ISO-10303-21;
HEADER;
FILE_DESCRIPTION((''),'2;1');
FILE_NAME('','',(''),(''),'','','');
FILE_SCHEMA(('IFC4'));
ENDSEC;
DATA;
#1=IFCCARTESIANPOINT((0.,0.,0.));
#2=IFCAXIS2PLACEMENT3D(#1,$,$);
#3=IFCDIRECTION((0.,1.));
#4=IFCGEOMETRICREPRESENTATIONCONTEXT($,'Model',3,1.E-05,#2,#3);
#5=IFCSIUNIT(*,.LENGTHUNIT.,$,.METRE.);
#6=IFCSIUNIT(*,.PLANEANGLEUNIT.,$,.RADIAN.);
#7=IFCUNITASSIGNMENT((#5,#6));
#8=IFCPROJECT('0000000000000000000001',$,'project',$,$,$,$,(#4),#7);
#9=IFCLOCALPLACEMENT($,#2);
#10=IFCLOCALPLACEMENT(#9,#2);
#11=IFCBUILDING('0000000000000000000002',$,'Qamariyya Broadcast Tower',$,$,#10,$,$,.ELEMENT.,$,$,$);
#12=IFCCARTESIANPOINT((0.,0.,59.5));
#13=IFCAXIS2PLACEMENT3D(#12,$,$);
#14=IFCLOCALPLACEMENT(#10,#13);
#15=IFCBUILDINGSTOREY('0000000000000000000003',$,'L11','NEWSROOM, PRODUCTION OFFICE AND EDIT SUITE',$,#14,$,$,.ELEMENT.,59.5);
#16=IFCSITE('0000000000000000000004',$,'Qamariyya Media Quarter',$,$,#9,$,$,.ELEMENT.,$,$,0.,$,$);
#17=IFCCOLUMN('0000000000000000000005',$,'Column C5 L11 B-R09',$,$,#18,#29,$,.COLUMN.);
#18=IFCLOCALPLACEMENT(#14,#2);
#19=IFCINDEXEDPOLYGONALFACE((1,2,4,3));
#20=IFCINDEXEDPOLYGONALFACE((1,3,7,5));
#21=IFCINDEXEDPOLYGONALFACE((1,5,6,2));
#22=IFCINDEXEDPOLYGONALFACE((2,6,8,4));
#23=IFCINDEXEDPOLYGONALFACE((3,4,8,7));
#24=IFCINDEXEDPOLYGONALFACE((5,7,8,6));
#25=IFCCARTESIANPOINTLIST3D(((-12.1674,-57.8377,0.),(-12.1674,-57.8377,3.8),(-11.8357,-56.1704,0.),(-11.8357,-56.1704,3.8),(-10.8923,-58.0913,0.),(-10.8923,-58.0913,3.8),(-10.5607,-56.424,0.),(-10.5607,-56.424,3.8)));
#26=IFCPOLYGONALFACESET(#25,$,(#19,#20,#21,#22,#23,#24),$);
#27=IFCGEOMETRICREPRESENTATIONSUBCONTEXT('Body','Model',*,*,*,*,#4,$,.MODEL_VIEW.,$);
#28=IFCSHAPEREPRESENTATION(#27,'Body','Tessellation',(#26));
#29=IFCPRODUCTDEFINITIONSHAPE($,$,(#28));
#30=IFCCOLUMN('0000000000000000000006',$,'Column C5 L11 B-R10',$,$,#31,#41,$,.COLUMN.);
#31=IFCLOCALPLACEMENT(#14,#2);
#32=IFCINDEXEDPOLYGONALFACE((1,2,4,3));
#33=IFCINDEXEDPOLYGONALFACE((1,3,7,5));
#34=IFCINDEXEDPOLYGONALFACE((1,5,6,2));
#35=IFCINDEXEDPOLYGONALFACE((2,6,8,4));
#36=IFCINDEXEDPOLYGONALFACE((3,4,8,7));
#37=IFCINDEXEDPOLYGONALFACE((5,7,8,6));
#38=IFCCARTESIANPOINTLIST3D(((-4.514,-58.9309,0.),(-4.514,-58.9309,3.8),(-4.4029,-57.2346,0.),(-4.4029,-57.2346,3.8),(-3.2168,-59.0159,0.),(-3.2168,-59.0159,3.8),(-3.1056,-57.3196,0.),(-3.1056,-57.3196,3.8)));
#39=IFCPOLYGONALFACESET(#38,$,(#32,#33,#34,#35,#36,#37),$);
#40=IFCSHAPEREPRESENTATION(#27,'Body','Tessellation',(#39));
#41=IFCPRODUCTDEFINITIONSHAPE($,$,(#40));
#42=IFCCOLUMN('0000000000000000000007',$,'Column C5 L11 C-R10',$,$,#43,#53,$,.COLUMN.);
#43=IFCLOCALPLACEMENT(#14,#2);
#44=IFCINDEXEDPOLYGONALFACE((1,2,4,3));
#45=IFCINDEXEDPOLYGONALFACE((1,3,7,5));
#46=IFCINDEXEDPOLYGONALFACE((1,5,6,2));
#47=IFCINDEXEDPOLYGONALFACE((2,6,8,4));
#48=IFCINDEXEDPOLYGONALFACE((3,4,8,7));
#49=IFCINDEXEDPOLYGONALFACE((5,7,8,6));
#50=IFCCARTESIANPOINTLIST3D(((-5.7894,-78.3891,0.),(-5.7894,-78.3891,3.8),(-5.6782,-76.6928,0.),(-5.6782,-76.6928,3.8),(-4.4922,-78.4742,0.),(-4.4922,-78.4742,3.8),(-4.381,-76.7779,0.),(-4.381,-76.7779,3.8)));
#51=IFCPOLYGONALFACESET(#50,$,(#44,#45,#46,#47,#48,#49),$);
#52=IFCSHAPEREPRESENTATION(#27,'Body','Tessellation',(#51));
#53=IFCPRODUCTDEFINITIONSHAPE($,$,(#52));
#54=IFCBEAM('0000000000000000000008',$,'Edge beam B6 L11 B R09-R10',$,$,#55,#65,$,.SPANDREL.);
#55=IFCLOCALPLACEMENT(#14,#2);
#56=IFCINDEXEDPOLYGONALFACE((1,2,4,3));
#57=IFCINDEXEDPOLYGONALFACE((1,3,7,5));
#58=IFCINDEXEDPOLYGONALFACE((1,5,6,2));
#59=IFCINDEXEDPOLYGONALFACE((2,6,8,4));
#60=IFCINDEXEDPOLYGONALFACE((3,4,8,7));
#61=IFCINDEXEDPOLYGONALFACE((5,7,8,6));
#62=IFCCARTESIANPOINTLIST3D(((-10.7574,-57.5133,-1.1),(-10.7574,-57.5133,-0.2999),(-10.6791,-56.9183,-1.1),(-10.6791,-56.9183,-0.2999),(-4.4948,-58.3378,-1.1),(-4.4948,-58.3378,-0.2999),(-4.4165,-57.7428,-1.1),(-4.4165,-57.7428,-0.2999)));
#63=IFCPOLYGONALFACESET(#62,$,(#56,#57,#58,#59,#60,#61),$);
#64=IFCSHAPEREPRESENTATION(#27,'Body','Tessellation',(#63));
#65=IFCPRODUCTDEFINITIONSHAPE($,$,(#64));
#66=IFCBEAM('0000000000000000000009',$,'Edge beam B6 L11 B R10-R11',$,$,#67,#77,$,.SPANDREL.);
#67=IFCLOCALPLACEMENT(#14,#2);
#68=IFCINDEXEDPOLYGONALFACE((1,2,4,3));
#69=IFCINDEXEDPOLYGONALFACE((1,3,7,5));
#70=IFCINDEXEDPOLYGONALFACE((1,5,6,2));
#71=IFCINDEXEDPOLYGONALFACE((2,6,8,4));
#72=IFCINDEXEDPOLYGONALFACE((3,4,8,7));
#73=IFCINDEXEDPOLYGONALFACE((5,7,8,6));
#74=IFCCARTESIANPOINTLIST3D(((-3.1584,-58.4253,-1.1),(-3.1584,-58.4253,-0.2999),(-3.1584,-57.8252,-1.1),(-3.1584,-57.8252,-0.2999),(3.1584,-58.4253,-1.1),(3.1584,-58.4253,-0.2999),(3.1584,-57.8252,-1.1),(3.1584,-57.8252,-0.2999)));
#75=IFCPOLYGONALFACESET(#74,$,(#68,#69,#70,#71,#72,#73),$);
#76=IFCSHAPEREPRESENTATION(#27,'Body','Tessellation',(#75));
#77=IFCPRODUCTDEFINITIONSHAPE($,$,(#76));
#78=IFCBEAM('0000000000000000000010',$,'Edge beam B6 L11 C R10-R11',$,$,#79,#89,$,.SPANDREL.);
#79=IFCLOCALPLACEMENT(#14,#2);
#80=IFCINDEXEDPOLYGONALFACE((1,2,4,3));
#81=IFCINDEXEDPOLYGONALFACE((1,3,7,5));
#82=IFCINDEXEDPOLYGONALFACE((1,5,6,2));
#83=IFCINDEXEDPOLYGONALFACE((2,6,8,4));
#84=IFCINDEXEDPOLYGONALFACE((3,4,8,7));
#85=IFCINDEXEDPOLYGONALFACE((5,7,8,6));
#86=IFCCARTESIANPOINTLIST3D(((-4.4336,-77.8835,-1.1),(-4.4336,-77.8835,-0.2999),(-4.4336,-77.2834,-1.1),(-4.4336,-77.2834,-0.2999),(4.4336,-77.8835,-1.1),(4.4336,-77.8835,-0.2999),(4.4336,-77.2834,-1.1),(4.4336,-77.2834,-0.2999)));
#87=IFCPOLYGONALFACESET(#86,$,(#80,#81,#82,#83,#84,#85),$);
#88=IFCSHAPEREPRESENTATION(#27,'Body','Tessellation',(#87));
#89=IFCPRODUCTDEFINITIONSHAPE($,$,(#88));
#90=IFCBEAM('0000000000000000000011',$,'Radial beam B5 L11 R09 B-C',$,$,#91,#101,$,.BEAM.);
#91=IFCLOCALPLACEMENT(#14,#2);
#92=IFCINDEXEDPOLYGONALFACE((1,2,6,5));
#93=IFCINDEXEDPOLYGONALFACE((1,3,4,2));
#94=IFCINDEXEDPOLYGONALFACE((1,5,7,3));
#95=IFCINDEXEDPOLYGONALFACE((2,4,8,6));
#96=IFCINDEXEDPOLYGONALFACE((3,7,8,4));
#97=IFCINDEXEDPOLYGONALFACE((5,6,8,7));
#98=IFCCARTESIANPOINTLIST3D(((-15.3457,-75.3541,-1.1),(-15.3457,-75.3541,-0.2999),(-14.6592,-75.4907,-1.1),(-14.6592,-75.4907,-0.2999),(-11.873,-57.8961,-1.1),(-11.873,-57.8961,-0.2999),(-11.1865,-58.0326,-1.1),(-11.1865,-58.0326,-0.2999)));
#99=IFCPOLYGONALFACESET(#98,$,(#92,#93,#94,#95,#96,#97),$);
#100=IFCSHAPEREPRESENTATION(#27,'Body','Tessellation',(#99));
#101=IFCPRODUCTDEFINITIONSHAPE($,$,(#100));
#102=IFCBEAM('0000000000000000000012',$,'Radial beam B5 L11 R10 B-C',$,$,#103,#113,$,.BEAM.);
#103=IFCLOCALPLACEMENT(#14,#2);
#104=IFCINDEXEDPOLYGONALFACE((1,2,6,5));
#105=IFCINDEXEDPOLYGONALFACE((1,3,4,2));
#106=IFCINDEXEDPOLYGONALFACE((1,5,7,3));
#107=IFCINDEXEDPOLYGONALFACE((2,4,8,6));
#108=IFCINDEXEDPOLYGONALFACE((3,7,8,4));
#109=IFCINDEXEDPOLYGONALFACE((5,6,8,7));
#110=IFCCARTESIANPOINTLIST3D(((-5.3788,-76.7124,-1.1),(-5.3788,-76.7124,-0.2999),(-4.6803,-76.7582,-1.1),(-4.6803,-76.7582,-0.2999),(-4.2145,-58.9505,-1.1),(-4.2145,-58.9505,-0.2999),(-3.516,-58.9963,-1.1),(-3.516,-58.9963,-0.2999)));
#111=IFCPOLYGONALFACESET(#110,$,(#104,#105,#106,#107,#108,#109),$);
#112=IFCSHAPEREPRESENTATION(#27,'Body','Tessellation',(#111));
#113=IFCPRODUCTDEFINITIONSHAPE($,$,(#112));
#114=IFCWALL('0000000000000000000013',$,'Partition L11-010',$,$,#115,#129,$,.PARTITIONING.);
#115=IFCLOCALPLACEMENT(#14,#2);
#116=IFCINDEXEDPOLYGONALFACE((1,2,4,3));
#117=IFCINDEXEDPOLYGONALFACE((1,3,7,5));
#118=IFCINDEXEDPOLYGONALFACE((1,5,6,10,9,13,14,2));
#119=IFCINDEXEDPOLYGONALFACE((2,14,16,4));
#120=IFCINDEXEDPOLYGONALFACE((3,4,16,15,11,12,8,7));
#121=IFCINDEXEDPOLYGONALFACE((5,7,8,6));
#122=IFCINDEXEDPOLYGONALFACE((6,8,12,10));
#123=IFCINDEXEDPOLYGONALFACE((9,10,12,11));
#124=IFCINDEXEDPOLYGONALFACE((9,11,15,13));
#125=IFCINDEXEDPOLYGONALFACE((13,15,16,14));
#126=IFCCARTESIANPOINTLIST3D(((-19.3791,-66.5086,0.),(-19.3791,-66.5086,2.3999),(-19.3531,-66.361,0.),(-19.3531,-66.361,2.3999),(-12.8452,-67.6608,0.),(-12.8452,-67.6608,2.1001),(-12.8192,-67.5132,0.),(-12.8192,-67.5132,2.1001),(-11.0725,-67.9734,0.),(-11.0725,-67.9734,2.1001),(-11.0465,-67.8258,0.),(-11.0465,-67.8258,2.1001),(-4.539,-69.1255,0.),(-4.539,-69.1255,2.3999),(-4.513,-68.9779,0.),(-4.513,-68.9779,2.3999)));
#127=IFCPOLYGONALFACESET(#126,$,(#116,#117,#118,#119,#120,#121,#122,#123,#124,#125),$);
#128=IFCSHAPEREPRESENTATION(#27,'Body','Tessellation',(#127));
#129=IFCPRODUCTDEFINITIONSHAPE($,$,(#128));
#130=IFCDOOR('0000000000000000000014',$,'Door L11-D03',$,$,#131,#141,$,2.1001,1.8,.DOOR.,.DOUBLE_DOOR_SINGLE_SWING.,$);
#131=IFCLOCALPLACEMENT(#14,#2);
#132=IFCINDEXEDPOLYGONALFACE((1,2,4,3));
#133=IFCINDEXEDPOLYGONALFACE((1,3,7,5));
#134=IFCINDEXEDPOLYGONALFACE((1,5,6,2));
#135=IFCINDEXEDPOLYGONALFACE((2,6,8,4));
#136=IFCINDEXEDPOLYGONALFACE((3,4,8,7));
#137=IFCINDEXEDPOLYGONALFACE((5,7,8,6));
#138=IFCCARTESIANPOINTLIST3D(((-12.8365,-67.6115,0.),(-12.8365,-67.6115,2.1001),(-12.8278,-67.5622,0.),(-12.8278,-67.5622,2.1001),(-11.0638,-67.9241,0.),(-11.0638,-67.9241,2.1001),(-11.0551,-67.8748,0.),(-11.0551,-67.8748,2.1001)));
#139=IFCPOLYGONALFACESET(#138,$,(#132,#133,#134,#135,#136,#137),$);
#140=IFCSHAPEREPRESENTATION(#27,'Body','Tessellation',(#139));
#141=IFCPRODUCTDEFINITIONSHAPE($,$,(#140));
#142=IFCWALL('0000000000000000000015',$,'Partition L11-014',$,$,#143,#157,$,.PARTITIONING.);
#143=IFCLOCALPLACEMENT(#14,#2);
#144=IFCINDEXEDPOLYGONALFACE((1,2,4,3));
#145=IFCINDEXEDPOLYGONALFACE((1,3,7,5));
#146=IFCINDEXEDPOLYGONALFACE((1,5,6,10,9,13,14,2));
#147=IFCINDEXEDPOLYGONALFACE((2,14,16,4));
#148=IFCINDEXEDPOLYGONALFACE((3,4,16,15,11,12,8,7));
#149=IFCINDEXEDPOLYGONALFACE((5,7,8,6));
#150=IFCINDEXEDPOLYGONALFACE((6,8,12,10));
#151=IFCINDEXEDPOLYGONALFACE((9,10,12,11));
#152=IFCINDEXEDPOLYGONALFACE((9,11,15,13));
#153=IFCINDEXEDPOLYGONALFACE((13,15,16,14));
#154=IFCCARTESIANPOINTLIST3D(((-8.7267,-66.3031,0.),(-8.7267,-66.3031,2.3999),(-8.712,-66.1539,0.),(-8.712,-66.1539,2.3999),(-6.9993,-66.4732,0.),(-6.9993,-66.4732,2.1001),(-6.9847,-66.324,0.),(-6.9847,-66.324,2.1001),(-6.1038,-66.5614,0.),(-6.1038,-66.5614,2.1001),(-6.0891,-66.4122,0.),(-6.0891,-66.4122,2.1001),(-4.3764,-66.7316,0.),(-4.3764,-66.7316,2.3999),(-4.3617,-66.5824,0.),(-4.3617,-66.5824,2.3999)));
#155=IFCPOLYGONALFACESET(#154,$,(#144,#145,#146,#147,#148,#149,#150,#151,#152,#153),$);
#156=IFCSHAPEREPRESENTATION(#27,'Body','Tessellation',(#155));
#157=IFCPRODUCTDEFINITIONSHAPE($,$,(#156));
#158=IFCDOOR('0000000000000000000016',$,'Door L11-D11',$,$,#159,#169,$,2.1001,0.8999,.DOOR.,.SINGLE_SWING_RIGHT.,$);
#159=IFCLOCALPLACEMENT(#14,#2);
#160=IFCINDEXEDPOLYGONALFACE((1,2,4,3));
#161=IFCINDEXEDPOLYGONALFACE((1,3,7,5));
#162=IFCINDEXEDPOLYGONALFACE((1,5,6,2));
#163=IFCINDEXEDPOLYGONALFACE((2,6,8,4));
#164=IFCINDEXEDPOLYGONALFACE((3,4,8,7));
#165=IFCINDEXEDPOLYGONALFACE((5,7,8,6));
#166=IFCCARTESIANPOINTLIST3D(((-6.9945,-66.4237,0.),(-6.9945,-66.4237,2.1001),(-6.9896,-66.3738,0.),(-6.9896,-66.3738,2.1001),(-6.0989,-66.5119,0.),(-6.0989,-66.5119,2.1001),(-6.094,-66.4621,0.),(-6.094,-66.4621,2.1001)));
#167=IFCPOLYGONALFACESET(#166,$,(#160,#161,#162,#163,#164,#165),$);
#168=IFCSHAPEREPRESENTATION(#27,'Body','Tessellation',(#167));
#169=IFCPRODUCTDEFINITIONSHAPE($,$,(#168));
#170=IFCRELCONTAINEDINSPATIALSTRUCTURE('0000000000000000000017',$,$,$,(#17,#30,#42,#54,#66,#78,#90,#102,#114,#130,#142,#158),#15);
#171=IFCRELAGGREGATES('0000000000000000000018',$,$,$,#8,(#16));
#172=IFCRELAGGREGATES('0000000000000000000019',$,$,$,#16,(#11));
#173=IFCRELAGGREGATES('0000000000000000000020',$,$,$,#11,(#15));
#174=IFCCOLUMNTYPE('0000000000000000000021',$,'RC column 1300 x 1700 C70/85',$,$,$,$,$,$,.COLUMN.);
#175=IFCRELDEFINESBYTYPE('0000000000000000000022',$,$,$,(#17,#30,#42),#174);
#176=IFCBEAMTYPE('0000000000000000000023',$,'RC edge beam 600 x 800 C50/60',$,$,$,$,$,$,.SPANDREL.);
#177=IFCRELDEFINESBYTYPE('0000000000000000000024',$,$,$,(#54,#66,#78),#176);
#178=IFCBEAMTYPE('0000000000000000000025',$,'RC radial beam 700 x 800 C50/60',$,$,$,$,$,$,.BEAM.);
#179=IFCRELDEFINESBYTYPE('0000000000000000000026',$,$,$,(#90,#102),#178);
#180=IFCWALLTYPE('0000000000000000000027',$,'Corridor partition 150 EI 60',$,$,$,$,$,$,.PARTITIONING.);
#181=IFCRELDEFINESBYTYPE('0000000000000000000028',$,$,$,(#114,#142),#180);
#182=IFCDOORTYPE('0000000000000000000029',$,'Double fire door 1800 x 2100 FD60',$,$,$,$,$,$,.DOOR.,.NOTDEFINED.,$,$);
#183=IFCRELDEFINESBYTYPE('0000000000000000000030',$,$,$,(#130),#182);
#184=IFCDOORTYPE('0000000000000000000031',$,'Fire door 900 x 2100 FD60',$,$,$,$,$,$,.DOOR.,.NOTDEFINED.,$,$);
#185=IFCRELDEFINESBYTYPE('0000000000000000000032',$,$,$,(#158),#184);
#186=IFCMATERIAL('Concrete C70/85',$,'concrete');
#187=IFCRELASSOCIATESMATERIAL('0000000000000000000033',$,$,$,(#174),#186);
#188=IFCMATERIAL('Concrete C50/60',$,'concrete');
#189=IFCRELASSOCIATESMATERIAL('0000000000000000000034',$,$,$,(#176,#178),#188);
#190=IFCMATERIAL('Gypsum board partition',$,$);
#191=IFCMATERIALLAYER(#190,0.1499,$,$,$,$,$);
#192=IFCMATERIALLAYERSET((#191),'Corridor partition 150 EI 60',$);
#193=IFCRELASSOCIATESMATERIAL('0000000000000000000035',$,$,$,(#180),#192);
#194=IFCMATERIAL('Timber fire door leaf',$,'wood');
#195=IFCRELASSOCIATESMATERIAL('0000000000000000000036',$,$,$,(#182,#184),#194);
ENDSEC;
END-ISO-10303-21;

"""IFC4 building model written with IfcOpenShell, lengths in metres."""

from ifc_helpers import new_model, si_unit, direction, frame, frame_2d, origin, origin_2d, place, context, subcontext, project, spatial, rectangle, extrude, material, layer, layer_set, material_profile, profile_set, type_object, element, fill, save


model = new_model("IFC4")

# Units and contexts
model_context = context("Model", 3, precision=1e-05, world=origin(), true_north=direction((0.0, 1.0)))
body_context = subcontext(model_context, "Body", "Model", "MODEL_VIEW")
ifc_project = project(units=[si_unit("LENGTHUNIT", "METRE"), si_unit("PLANEANGLEUNIT", "RADIAN")], contexts=[model_context])

# Site, building, storey
site_placement = place(None, origin())
site = spatial("IfcSite", under=ifc_project, at=site_placement, Name="Qamariyya Media Quarter", CompositionType="ELEMENT", RefElevation=0.0)
building_placement = place(site_placement, origin())
building = spatial("IfcBuilding", under=site, at=building_placement, Name="Qamariyya Broadcast Tower", CompositionType="ELEMENT")
storey_placement = place(building_placement, frame((0.0, 0.0, 59.5)))
storey = spatial("IfcBuildingStorey", under=building, at=storey_placement, Name="L11", Description="NEWSROOM, PRODUCTION OFFICE AND EDIT SUITE", CompositionType="ELEMENT", Elevation=59.5)

# Columns
ifc_material_1 = material(Name="Concrete C70/85", Category="concrete")
ifc_material_profile_1 = material_profile(ifc_material_1, rectangle(XDim=1.3, YDim=1.7, at=origin_2d()))
ifc_profile_set_1 = profile_set([ifc_material_profile_1], Name="Concrete C70/85")
column_type = type_object("IfcColumnType", Name="RC column 1300 x 1700 C70/85", PredefinedType="COLUMN", material=ifc_profile_set_1)
for number, where, z_axis, x_axis, name in (
    (1, (-11.364, -57.1309, 0.0), (0.0, 0.0, 1.0), (0.980785, -0.19509, 0.0), "Column C5 L11 B-R09"),
    (2, (-3.8098, -58.1252, 0.0), (0.0, 0.0, 1.0), (0.997859, -0.065403, 0.0), "Column C5 L11 B-R10"),
    (3, (-5.0852, -77.5835, 0.0), (0.0, 0.0, 1.0), (0.997859, -0.065403, 0.0), "Column C5 L11 C-R10"),
):
    element("IfcColumn", number, at=place(storey_placement, frame(where, z_axis=z_axis, x_axis=x_axis)), inside=storey, type_object=column_type, Name=name, PredefinedType="COLUMN", context=body_context, shape_type="SweptSolid", body=[
        extrude(rectangle(XDim=1.3, YDim=1.7, at=origin_2d()), origin(), (0.0, 0.0, 1.0), 3.8),
    ])

# Beams
ifc_material_2 = material(Name="Concrete C50/60", Category="concrete")
ifc_material_profile_2 = material_profile(ifc_material_2, rectangle(XDim=0.6001, YDim=0.8, at=origin_2d()))
ifc_profile_set_2 = profile_set([ifc_material_profile_2], Name="Concrete C50/60")
beam_type_1 = type_object("IfcBeamType", Name="RC edge beam 600 x 800 C50/60", PredefinedType="SPANDREL", material=ifc_profile_set_2)
beam_1_placement = place(storey_placement, frame((-10.7183, -57.2158, -0.7), z_axis=(0.991446, -0.13052, 0.0), x_axis=(0.13052, 0.991446, 0.0)))
element("IfcBeam", 4, at=beam_1_placement, inside=storey, type_object=beam_type_1, Name="Edge beam B6 L11 B R09-R10", PredefinedType="SPANDREL", context=body_context, shape_type="SweptSolid", body=[
    extrude(rectangle(XDim=0.6001, YDim=0.8, at=origin_2d()), origin(), (0.0, 0.0, 1.0), 6.3167),
])
beam_2_placement = place(storey_placement, frame((-3.1584, -58.1252, -0.7), z_axis=(1.0, 0.0, 0.0), x_axis=(0.0, 1.0, 0.0)))
element("IfcBeam", 5, at=beam_2_placement, inside=storey, type_object=beam_type_1, Name="Edge beam B6 L11 B R10-R11", PredefinedType="SPANDREL", context=body_context, shape_type="SweptSolid", body=[
    extrude(rectangle(XDim=0.6001, YDim=0.8, at=origin_2d()), origin(), (0.0, 0.0, 1.0), 6.3169),
])
beam_3_placement = place(storey_placement, frame((-4.4336, -77.5835, -0.7), z_axis=(1.0, 0.0, 0.0), x_axis=(0.0, 1.0, 0.0)))
element("IfcBeam", 6, at=beam_3_placement, inside=storey, type_object=beam_type_1, Name="Edge beam B6 L11 C R10-R11", PredefinedType="SPANDREL", context=body_context, shape_type="SweptSolid", body=[
    extrude(rectangle(XDim=0.6001, YDim=0.8, at=origin_2d()), origin(), (0.0, 0.0, 1.0), 8.8672),
])
ifc_material_profile_3 = material_profile(ifc_material_2, rectangle(XDim=0.7, YDim=0.8, at=origin_2d()))
ifc_profile_set_3 = profile_set([ifc_material_profile_3], Name="Concrete C50/60")
beam_type_2 = type_object("IfcBeamType", Name="RC radial beam 700 x 800 C50/60", PredefinedType="BEAM", material=ifc_profile_set_3)
for number, where, z_axis, x_axis, name in (
    (7, (-11.5298, -57.9644, -0.7), (-0.195093, -0.980785, 0.0), (0.980785, -0.195093, 0.0), "Radial beam B5 L11 R09 B-C"),
    (8, (-3.8652, -58.9734, -0.7), (-0.06541, -0.997858, 0.0), (0.997858, -0.06541, 0.0), "Radial beam B5 L11 R10 B-C"),
):
    element("IfcBeam", number, at=place(storey_placement, frame(where, z_axis=z_axis, x_axis=x_axis)), inside=storey, type_object=beam_type_2, Name=name, PredefinedType="BEAM", context=body_context, shape_type="SweptSolid", body=[
        extrude(rectangle(XDim=0.7, YDim=0.8, at=origin_2d()), origin(), (0.0, 0.0, 1.0), 17.8),
    ])

# Walls, openings, doors
ifc_material_3 = material(Name="Gypsum board partition")
ifc_layer_1 = layer(ifc_material_3, 0.1499)
ifc_layer_set_1 = layer_set([ifc_layer_1], Name="Corridor partition 150 EI 60")
wall_type_1 = type_object("IfcWallType", Name="Corridor partition 150 EI 60", PredefinedType="PARTITIONING", material=ifc_layer_set_1)
wall_1_placement = place(storey_placement, frame((-4.5259, -69.0518, 0.0), z_axis=(0.0, 0.0, 1.0), x_axis=(-0.984805, 0.173663, 0.0)))
wall_1 = element("IfcWall", 9, at=wall_1_placement, inside=storey, type_object=wall_type_1, Name="Partition L11-010", PredefinedType="PARTITIONING", context=body_context, shape_type="SweptSolid", body=[
    extrude(rectangle(XDim=15.0691, YDim=0.1499, at=frame_2d((7.5347, 0.0))), origin(), (0.0, 0.0, 1.0), 2.3999),
])
opening_1_placement = place(wall_1_placement, frame((6.6345, 0.0, 0.0)))
opening_1 = element("IfcOpeningElement", 10, at=opening_1_placement, cuts=wall_1, PredefinedType="OPENING", context=body_context, shape_type="SweptSolid", body=[
    extrude(rectangle(XDim=1.8, YDim=2.1001, at=frame_2d((0.8999, 1.05))), frame((0.0, 0.085, 0.0), z_axis=(0.0, -1.0, 0.0), x_axis=(1.0, 0.0, 0.0)), (0.0, 0.0, 1.0), 0.1699),
])
ifc_material_4 = material(Name="Timber fire door leaf", Category="wood")
door_type_1 = type_object("IfcDoorType", Name="Double fire door 1800 x 2100 FD60", OperationType="NOTDEFINED", PredefinedType="DOOR", material=ifc_material_4)
door_1_placement = place(opening_1_placement, origin())
door_1 = element("IfcDoor", 11, at=door_1_placement, inside=storey, type_object=door_type_1, Name="Door L11-D03", OperationType="DOUBLE_DOOR_SINGLE_SWING", OverallHeight=2.1001, OverallWidth=1.8, PredefinedType="DOOR", context=body_context, shape_type="SweptSolid", body=[
    extrude(rectangle(XDim=1.8, YDim=2.1001, at=frame_2d((0.8999, 1.05))), frame((0.0, 0.0249, 0.0), z_axis=(0.0, -1.0, 0.0), x_axis=(1.0, 0.0, 0.0)), (0.0, 0.0, 1.0), 0.05),
])
fill(opening_1, door_1)
wall_2_placement = place(storey_placement, frame((-8.7192, -66.2285, 0.0), z_axis=(0.0, 0.0, 1.0), x_axis=(0.995185, -0.098016, 0.0)))
wall_2 = element("IfcWall", 12, at=wall_2_placement, inside=storey, type_object=wall_type_1, Name="Partition L11-014", PredefinedType="PARTITIONING", context=body_context, shape_type="SweptSolid", body=[
    extrude(rectangle(XDim=4.3713, YDim=0.1499, at=frame_2d((2.1855, 0.0))), origin(), (0.0, 0.0, 1.0), 2.3999),
])
opening_2_placement = place(wall_2_placement, frame((1.7356, 0.0, 0.0)))
opening_2 = element("IfcOpeningElement", 13, at=opening_2_placement, cuts=wall_2, PredefinedType="OPENING", context=body_context, shape_type="SweptSolid", body=[
    extrude(rectangle(XDim=0.8999, YDim=2.1001, at=frame_2d((0.45, 1.05))), frame((0.0, 0.085, 0.0), z_axis=(0.0, -1.0, 0.0), x_axis=(1.0, 0.0, 0.0)), (0.0, 0.0, 1.0), 0.1699),
])
door_type_2 = type_object("IfcDoorType", Name="Fire door 900 x 2100 FD60", OperationType="NOTDEFINED", PredefinedType="DOOR", material=ifc_material_4)
door_2_placement = place(opening_2_placement, origin())
door_2 = element("IfcDoor", 14, at=door_2_placement, inside=storey, type_object=door_type_2, Name="Door L11-D11", OperationType="SINGLE_SWING_RIGHT", OverallHeight=2.1001, OverallWidth=0.8999, PredefinedType="DOOR", context=body_context, shape_type="SweptSolid", body=[
    extrude(rectangle(XDim=0.8999, YDim=2.1001, at=frame_2d((0.45, 1.05))), frame((0.0, 0.0249, 0.0), z_axis=(0.0, -1.0, 0.0), x_axis=(1.0, 0.0, 0.0)), (0.0, 0.0, 1.0), 0.05),
])
fill(opening_2, door_2)

save(model, "model.ifc")
